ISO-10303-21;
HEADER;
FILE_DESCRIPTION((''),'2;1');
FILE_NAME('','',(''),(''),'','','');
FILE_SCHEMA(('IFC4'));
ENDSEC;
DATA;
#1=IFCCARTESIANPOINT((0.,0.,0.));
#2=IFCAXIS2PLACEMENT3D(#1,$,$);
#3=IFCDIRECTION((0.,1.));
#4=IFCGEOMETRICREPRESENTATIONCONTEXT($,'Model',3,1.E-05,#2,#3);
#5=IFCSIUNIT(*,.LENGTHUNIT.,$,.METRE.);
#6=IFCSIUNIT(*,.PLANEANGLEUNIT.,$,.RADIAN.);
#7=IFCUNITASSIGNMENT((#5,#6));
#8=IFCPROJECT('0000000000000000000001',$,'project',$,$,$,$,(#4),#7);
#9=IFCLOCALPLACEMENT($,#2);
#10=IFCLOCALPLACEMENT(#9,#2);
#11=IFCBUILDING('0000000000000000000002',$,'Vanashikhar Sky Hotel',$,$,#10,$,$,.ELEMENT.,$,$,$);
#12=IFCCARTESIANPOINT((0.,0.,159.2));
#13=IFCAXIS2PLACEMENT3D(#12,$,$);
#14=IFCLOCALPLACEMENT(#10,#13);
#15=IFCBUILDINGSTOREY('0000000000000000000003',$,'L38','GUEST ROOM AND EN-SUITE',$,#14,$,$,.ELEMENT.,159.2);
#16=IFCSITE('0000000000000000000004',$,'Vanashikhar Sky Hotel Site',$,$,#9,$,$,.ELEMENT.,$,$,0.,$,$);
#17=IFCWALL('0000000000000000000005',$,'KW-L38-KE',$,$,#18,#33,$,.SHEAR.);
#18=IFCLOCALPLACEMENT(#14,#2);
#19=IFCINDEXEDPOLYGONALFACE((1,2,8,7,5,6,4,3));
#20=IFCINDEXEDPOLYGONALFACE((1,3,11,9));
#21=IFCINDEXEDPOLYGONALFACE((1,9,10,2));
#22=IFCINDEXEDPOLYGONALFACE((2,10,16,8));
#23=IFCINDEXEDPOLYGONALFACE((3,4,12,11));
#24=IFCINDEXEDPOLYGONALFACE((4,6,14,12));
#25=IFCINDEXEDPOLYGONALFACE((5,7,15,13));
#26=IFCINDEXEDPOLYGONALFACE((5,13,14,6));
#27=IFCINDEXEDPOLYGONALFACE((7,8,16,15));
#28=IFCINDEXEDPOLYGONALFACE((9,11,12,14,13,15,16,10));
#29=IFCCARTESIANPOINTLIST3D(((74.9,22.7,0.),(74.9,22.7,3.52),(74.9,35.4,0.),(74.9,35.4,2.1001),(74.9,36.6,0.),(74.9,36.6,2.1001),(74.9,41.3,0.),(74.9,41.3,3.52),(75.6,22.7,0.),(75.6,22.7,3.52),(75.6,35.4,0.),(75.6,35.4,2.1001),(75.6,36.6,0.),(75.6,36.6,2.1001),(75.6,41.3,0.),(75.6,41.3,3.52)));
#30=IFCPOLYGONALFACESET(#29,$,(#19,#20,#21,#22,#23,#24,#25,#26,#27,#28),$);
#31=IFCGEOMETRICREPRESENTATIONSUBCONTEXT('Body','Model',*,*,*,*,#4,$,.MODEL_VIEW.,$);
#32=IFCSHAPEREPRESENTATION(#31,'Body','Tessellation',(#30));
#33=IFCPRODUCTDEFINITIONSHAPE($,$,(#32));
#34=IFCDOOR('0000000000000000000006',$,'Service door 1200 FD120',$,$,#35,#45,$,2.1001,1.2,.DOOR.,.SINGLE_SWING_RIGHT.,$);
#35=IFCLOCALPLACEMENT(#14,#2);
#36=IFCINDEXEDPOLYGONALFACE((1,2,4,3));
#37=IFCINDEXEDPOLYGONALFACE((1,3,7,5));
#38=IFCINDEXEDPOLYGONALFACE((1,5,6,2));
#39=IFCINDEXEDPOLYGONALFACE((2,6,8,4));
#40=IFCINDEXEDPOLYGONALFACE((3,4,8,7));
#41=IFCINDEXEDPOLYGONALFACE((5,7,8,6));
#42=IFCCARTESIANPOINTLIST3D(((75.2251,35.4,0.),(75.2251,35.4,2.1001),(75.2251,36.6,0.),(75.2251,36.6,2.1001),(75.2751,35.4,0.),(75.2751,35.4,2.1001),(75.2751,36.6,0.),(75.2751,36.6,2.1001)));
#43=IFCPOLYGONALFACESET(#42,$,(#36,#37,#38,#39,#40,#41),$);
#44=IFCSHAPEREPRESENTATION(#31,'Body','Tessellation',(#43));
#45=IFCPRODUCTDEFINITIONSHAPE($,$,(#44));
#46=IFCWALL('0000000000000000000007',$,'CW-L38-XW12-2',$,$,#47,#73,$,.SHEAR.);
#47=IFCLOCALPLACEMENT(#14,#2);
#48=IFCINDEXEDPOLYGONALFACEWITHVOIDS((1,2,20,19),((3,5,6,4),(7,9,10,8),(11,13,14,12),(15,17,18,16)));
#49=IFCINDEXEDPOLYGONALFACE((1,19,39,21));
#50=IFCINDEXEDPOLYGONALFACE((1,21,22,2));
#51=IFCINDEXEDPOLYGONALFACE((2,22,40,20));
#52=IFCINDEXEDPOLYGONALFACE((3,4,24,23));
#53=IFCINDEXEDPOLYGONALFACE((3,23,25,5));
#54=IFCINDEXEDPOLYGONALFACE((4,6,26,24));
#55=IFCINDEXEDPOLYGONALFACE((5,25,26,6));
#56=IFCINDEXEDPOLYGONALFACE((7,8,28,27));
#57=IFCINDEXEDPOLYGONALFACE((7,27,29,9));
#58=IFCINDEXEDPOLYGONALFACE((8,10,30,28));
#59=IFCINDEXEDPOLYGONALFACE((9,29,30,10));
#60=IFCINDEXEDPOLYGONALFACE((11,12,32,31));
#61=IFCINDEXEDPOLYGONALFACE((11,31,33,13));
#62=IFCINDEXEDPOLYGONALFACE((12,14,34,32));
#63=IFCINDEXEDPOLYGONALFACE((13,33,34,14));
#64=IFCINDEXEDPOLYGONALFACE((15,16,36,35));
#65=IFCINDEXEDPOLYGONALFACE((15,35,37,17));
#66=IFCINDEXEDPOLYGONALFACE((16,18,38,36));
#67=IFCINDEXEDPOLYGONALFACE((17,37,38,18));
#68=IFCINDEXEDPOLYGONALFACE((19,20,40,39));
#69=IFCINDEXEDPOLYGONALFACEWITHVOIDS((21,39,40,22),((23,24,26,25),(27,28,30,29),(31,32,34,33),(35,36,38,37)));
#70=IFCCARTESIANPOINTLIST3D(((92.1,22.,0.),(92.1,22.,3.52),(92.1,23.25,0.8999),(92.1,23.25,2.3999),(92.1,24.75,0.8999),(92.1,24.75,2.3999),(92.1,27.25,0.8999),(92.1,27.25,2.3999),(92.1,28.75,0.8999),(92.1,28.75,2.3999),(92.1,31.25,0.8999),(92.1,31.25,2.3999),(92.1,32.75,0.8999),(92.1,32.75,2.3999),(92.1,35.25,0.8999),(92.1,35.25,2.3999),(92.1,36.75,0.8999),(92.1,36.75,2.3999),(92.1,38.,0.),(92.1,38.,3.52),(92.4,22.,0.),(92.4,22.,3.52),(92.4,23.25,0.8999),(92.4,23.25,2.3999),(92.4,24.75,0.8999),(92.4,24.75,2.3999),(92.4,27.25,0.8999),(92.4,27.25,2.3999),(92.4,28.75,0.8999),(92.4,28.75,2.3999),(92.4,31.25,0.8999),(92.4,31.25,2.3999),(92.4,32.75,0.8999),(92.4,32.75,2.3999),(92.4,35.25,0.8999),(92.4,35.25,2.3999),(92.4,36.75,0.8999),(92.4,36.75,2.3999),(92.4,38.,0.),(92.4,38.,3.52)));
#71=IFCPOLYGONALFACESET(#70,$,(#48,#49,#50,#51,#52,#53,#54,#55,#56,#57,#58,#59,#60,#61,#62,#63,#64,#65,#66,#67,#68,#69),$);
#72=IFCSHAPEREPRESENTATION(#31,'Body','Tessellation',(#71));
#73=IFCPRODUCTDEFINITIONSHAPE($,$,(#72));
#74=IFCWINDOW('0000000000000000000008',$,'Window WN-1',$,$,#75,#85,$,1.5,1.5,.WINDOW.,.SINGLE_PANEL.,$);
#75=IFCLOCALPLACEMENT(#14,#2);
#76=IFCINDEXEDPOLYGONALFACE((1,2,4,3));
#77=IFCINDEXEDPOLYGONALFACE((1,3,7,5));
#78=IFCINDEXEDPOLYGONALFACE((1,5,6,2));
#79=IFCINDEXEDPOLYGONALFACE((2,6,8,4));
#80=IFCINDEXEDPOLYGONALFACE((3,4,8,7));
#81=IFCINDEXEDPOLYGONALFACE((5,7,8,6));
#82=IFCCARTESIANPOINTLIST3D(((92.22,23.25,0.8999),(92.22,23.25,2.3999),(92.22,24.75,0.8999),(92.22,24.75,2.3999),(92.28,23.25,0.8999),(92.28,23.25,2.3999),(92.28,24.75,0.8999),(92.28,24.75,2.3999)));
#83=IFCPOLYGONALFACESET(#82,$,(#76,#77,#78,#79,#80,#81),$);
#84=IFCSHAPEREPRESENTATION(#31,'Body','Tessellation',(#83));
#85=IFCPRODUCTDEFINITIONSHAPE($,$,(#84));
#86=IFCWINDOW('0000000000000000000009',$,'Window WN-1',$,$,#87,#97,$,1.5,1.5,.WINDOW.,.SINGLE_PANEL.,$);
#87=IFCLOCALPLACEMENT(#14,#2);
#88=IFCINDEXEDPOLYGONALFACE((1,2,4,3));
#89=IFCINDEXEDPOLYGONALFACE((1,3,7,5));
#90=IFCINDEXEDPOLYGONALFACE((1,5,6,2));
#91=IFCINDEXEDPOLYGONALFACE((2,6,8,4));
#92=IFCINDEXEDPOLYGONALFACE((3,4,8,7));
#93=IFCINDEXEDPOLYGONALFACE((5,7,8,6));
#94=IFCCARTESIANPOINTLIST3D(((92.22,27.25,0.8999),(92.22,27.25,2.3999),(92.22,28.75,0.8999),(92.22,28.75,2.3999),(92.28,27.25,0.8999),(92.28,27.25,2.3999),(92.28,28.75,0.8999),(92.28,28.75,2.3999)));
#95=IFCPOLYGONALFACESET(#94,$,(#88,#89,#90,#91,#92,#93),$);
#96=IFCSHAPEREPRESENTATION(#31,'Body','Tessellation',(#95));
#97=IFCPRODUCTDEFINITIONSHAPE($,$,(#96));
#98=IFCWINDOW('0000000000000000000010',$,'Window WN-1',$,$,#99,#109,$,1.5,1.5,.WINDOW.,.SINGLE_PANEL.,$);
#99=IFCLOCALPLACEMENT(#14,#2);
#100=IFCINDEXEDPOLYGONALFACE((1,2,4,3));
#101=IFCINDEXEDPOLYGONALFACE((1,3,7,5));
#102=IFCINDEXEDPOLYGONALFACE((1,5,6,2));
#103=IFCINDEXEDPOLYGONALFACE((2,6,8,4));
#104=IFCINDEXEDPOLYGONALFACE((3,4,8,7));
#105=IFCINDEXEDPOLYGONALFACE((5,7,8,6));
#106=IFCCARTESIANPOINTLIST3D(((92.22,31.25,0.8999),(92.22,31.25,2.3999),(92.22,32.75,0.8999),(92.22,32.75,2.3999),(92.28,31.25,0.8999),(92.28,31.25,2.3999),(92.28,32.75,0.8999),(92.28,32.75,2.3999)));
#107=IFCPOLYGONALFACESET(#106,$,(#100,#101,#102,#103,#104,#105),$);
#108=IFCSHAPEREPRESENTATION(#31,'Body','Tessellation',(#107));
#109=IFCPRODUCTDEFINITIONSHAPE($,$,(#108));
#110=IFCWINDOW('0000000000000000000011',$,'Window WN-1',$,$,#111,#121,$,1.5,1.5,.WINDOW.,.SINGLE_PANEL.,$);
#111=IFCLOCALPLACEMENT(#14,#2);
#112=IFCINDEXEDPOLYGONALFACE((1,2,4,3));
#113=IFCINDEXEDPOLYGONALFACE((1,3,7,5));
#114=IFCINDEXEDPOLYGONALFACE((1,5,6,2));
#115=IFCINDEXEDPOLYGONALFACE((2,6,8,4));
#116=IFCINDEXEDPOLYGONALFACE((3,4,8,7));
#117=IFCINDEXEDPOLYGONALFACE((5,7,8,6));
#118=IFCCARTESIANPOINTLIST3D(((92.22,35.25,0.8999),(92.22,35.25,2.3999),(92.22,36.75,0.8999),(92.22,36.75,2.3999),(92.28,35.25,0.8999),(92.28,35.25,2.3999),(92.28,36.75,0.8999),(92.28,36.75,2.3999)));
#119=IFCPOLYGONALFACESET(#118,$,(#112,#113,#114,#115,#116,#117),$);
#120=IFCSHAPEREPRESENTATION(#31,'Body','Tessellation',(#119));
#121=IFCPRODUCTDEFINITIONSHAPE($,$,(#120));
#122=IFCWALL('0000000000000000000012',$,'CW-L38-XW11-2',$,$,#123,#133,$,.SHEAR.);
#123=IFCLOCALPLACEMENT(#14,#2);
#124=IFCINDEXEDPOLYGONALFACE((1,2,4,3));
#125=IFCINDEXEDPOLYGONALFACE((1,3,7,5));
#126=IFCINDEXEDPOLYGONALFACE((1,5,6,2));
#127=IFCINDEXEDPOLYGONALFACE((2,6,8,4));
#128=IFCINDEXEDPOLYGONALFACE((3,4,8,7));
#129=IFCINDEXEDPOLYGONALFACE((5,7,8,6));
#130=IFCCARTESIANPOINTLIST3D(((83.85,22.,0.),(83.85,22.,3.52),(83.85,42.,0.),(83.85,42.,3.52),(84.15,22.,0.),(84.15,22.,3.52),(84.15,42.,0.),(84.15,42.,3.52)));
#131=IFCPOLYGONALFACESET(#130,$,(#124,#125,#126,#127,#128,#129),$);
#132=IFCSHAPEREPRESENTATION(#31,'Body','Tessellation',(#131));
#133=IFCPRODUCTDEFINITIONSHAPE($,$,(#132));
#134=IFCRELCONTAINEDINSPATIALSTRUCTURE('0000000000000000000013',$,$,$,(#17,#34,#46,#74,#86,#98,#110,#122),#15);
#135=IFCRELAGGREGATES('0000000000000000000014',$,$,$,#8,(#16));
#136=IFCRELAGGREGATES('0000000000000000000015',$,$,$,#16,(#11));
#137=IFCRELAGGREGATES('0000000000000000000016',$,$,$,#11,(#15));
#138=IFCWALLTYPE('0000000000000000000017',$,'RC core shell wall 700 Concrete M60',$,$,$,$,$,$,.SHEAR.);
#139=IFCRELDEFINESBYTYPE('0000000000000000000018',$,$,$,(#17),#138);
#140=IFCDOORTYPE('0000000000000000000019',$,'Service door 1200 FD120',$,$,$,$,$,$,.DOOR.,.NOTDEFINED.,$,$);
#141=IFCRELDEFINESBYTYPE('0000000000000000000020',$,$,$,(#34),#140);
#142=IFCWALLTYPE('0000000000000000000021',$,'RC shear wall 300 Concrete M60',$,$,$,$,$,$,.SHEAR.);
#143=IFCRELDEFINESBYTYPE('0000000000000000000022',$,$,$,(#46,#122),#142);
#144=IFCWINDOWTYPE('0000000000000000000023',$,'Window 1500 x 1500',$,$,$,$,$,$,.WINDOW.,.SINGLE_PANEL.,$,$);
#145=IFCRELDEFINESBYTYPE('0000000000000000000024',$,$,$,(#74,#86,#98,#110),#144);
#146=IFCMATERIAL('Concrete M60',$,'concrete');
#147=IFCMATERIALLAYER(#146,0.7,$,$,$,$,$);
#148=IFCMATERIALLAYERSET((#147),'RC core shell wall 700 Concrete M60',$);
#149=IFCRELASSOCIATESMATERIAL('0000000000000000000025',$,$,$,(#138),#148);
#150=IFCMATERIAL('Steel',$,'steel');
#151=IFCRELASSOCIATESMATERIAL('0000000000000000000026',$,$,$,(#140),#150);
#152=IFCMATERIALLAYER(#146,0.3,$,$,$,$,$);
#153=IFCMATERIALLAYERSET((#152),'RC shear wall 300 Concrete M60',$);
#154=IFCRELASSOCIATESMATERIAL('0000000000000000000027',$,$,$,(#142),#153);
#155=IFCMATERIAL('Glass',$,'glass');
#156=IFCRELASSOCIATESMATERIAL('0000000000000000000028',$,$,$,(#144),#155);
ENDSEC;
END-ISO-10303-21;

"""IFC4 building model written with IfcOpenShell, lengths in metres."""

from ifc_helpers import new_model, si_unit, direction, frame, frame_2d, origin, place, context, subcontext, project, spatial, rectangle, extrude, source, transform, mapped, material, layer, layer_set, type_object, element, fill, save


model = new_model("IFC4")

# Units and contexts
model_context = context("Model", 3, precision=1e-05, world=origin(), true_north=direction((0.0, 1.0)))
body_context = subcontext(model_context, "Body", "Model", "MODEL_VIEW")
ifc_project = project(units=[si_unit("LENGTHUNIT", "METRE"), si_unit("PLANEANGLEUNIT", "RADIAN")], contexts=[model_context])

# Site, building, storey
site_placement = place(None, origin())
site = spatial("IfcSite", under=ifc_project, at=site_placement, Name="Vanashikhar Sky Hotel Site", CompositionType="ELEMENT", RefElevation=0.0)
building_placement = place(site_placement, origin())
building = spatial("IfcBuilding", under=site, at=building_placement, Name="Vanashikhar Sky Hotel", CompositionType="ELEMENT")
storey_placement = place(building_placement, frame((0.0, 0.0, 159.2)))
storey = spatial("IfcBuildingStorey", under=building, at=storey_placement, Name="L38", Description="GUEST ROOM AND EN-SUITE", CompositionType="ELEMENT", Elevation=159.2)

# Wall, opening, door
ifc_material_1 = material(Name="Concrete M60", Category="concrete")
ifc_layer_1 = layer(ifc_material_1, 0.7)
ifc_layer_set_1 = layer_set([ifc_layer_1], Name="RC core shell wall 700 Concrete M60")
wall_type_1 = type_object("IfcWallType", Name="RC core shell wall 700 Concrete M60", PredefinedType="SHEAR", material=ifc_layer_set_1)
shared_shape_1 = source(origin(), body_context, "Body", "SweptSolid", [
    extrude(rectangle(XDim=18.6001, YDim=0.7, at=frame_2d((9.3, 0.0))), origin(), (0.0, 0.0, 1.0), 3.52),
])
wall_1_placement = place(storey_placement, frame((75.25, 22.7, 0.0), z_axis=(0.0, 0.0, 1.0), x_axis=(0.0, 1.0, 0.0)))
wall_1 = element("IfcWall", 1, at=wall_1_placement, inside=storey, type_object=wall_type_1, Name="KW-L38-KE", PredefinedType="SHEAR", context=body_context, shape_type="MappedRepresentation", body=[
    mapped(shared_shape_1, transform((0.0, 0.0, 0.0), scale=1.0)),
])
shared_shape_2 = source(origin(), body_context, "Body", "SweptSolid", [
    extrude(rectangle(XDim=1.2, YDim=2.1001, at=frame_2d((0.6001, 1.05))), frame((0.0, 0.3599, 0.0), z_axis=(0.0, -1.0, 0.0), x_axis=(1.0, 0.0, 0.0)), (0.0, 0.0, 1.0), 0.72),
])
opening_1_placement = place(wall_1_placement, frame((12.7, 0.0, 0.0)))
opening_1 = element("IfcOpeningElement", 2, at=opening_1_placement, cuts=wall_1, PredefinedType="OPENING", context=body_context, shape_type="MappedRepresentation", body=[
    mapped(shared_shape_2, transform((0.0, 0.0, 0.0), scale=1.0)),
])
ifc_material_2 = material(Name="Steel", Category="steel")
door_type_1 = type_object("IfcDoorType", Name="Service door 1200 FD120", OperationType="NOTDEFINED", PredefinedType="DOOR", material=ifc_material_2)
shared_shape_3 = source(origin(), body_context, "Body", "SweptSolid", [
    extrude(rectangle(XDim=1.2, YDim=2.1001, at=frame_2d((0.6001, 1.05))), frame((0.0, 0.0249, 0.0), z_axis=(0.0, -1.0, 0.0), x_axis=(1.0, 0.0, 0.0)), (0.0, 0.0, 1.0), 0.05),
])
door_1_placement = place(opening_1_placement, origin())
door_1 = element("IfcDoor", 3, at=door_1_placement, inside=storey, type_object=door_type_1, Name="Service door 1200 FD120", OperationType="SINGLE_SWING_RIGHT", OverallHeight=2.1001, OverallWidth=1.2, PredefinedType="DOOR", context=body_context, shape_type="MappedRepresentation", body=[
    mapped(shared_shape_3, transform((0.0, 0.0, 0.0), scale=1.0)),
])
fill(opening_1, door_1)

# Wall, openings, windows
ifc_layer_2 = layer(ifc_material_1, 0.3)
ifc_layer_set_2 = layer_set([ifc_layer_2], Name="RC shear wall 300 Concrete M60")
wall_type_2 = type_object("IfcWallType", Name="RC shear wall 300 Concrete M60", PredefinedType="SHEAR", material=ifc_layer_set_2)
shared_shape_4 = source(origin(), body_context, "Body", "SweptSolid", [
    extrude(rectangle(XDim=16.0, YDim=0.3, at=frame_2d((8.0, 0.0))), origin(), (0.0, 0.0, 1.0), 3.52),
])
wall_2_placement = place(storey_placement, frame((92.25, 22.0, 0.0), z_axis=(0.0, 0.0, 1.0), x_axis=(0.0, 1.0, 0.0)))
wall_2 = element("IfcWall", 4, at=wall_2_placement, inside=storey, type_object=wall_type_2, Name="CW-L38-XW12-2", PredefinedType="SHEAR", context=body_context, shape_type="MappedRepresentation", body=[
    mapped(shared_shape_4, transform((0.0, 0.0, 0.0), scale=1.0)),
])
shared_shape_5 = source(origin(), body_context, "Body", "SweptSolid", [
    extrude(rectangle(XDim=1.5, YDim=1.5, at=frame_2d((0.75, 0.75))), frame((0.0, 0.1602, 0.0), z_axis=(0.0, -1.0, 0.0), x_axis=(1.0, 0.0, 0.0)), (0.0, 0.0, 1.0), 0.3201),
])
opening_2_placement = place(wall_2_placement, frame((1.25, 0.0, 0.8999)))
opening_2 = element("IfcOpeningElement", 5, at=opening_2_placement, cuts=wall_2, PredefinedType="OPENING", context=body_context, shape_type="MappedRepresentation", body=[
    mapped(shared_shape_5, transform((0.0, 0.0, 0.0), scale=1.0)),
])
opening_3_placement = place(wall_2_placement, frame((5.25, 0.0, 0.8999)))
opening_3 = element("IfcOpeningElement", 6, at=opening_3_placement, cuts=wall_2, PredefinedType="OPENING", context=body_context, shape_type="MappedRepresentation", body=[
    mapped(shared_shape_5, transform((0.0, 0.0, 0.0), scale=1.0)),
])
opening_4_placement = place(wall_2_placement, frame((9.25, 0.0, 0.8999)))
opening_4 = element("IfcOpeningElement", 7, at=opening_4_placement, cuts=wall_2, PredefinedType="OPENING", context=body_context, shape_type="MappedRepresentation", body=[
    mapped(shared_shape_5, transform((0.0, 0.0, 0.0), scale=1.0)),
])
opening_5_placement = place(wall_2_placement, frame((13.25, 0.0, 0.8999)))
opening_5 = element("IfcOpeningElement", 8, at=opening_5_placement, cuts=wall_2, PredefinedType="OPENING", context=body_context, shape_type="MappedRepresentation", body=[
    mapped(shared_shape_5, transform((0.0, 0.0, 0.0), scale=1.0)),
])
ifc_material_3 = material(Name="Glass", Category="glass")
window_type = type_object("IfcWindowType", Name="Window 1500 x 1500", PartitioningType="SINGLE_PANEL", PredefinedType="WINDOW", material=ifc_material_3)
shared_shape_6 = source(origin(), body_context, "Body", "SweptSolid", [
    extrude(rectangle(XDim=1.5, YDim=1.5, at=frame_2d((0.75, 0.75))), frame((0.0, 0.03, 0.0), z_axis=(0.0, -1.0, 0.0), x_axis=(1.0, 0.0, 0.0)), (0.0, 0.0, 1.0), 0.0601),
])
window_1_placement = place(opening_2_placement, origin())
window_1 = element("IfcWindow", 9, at=window_1_placement, inside=storey, type_object=window_type, Name="Window WN-1", OverallHeight=1.5, OverallWidth=1.5, PartitioningType="SINGLE_PANEL", PredefinedType="WINDOW", context=body_context, shape_type="MappedRepresentation", body=[
    mapped(shared_shape_6, transform((0.0, 0.0, 0.0), scale=1.0)),
])
fill(opening_2, window_1)
window_2_placement = place(opening_3_placement, origin())
window_2 = element("IfcWindow", 10, at=window_2_placement, inside=storey, type_object=window_type, Name="Window WN-1", OverallHeight=1.5, OverallWidth=1.5, PartitioningType="SINGLE_PANEL", PredefinedType="WINDOW", context=body_context, shape_type="MappedRepresentation", body=[
    mapped(shared_shape_6, transform((0.0, 0.0, 0.0), scale=1.0)),
])
fill(opening_3, window_2)
window_3_placement = place(opening_4_placement, origin())
window_3 = element("IfcWindow", 11, at=window_3_placement, inside=storey, type_object=window_type, Name="Window WN-1", OverallHeight=1.5, OverallWidth=1.5, PartitioningType="SINGLE_PANEL", PredefinedType="WINDOW", context=body_context, shape_type="MappedRepresentation", body=[
    mapped(shared_shape_6, transform((0.0, 0.0, 0.0), scale=1.0)),
])
fill(opening_4, window_3)
window_4_placement = place(opening_5_placement, origin())
window_4 = element("IfcWindow", 12, at=window_4_placement, inside=storey, type_object=window_type, Name="Window WN-1", OverallHeight=1.5, OverallWidth=1.5, PartitioningType="SINGLE_PANEL", PredefinedType="WINDOW", context=body_context, shape_type="MappedRepresentation", body=[
    mapped(shared_shape_6, transform((0.0, 0.0, 0.0), scale=1.0)),
])
fill(opening_5, window_4)

# Wall
shared_shape_7 = source(origin(), body_context, "Body", "SweptSolid", [
    extrude(rectangle(XDim=20.0, YDim=0.3, at=frame_2d((10.0, 0.0))), origin(), (0.0, 0.0, 1.0), 3.52),
])
wall_3_placement = place(storey_placement, frame((84.0, 22.0, 0.0), z_axis=(0.0, 0.0, 1.0), x_axis=(0.0, 1.0, 0.0)))
element("IfcWall", 13, at=wall_3_placement, inside=storey, type_object=wall_type_2, Name="CW-L38-XW11-2", PredefinedType="SHEAR", context=body_context, shape_type="MappedRepresentation", body=[
    mapped(shared_shape_7, transform((0.0, 0.0, 0.0), scale=1.0)),
])

save(model, "model.ifc")
